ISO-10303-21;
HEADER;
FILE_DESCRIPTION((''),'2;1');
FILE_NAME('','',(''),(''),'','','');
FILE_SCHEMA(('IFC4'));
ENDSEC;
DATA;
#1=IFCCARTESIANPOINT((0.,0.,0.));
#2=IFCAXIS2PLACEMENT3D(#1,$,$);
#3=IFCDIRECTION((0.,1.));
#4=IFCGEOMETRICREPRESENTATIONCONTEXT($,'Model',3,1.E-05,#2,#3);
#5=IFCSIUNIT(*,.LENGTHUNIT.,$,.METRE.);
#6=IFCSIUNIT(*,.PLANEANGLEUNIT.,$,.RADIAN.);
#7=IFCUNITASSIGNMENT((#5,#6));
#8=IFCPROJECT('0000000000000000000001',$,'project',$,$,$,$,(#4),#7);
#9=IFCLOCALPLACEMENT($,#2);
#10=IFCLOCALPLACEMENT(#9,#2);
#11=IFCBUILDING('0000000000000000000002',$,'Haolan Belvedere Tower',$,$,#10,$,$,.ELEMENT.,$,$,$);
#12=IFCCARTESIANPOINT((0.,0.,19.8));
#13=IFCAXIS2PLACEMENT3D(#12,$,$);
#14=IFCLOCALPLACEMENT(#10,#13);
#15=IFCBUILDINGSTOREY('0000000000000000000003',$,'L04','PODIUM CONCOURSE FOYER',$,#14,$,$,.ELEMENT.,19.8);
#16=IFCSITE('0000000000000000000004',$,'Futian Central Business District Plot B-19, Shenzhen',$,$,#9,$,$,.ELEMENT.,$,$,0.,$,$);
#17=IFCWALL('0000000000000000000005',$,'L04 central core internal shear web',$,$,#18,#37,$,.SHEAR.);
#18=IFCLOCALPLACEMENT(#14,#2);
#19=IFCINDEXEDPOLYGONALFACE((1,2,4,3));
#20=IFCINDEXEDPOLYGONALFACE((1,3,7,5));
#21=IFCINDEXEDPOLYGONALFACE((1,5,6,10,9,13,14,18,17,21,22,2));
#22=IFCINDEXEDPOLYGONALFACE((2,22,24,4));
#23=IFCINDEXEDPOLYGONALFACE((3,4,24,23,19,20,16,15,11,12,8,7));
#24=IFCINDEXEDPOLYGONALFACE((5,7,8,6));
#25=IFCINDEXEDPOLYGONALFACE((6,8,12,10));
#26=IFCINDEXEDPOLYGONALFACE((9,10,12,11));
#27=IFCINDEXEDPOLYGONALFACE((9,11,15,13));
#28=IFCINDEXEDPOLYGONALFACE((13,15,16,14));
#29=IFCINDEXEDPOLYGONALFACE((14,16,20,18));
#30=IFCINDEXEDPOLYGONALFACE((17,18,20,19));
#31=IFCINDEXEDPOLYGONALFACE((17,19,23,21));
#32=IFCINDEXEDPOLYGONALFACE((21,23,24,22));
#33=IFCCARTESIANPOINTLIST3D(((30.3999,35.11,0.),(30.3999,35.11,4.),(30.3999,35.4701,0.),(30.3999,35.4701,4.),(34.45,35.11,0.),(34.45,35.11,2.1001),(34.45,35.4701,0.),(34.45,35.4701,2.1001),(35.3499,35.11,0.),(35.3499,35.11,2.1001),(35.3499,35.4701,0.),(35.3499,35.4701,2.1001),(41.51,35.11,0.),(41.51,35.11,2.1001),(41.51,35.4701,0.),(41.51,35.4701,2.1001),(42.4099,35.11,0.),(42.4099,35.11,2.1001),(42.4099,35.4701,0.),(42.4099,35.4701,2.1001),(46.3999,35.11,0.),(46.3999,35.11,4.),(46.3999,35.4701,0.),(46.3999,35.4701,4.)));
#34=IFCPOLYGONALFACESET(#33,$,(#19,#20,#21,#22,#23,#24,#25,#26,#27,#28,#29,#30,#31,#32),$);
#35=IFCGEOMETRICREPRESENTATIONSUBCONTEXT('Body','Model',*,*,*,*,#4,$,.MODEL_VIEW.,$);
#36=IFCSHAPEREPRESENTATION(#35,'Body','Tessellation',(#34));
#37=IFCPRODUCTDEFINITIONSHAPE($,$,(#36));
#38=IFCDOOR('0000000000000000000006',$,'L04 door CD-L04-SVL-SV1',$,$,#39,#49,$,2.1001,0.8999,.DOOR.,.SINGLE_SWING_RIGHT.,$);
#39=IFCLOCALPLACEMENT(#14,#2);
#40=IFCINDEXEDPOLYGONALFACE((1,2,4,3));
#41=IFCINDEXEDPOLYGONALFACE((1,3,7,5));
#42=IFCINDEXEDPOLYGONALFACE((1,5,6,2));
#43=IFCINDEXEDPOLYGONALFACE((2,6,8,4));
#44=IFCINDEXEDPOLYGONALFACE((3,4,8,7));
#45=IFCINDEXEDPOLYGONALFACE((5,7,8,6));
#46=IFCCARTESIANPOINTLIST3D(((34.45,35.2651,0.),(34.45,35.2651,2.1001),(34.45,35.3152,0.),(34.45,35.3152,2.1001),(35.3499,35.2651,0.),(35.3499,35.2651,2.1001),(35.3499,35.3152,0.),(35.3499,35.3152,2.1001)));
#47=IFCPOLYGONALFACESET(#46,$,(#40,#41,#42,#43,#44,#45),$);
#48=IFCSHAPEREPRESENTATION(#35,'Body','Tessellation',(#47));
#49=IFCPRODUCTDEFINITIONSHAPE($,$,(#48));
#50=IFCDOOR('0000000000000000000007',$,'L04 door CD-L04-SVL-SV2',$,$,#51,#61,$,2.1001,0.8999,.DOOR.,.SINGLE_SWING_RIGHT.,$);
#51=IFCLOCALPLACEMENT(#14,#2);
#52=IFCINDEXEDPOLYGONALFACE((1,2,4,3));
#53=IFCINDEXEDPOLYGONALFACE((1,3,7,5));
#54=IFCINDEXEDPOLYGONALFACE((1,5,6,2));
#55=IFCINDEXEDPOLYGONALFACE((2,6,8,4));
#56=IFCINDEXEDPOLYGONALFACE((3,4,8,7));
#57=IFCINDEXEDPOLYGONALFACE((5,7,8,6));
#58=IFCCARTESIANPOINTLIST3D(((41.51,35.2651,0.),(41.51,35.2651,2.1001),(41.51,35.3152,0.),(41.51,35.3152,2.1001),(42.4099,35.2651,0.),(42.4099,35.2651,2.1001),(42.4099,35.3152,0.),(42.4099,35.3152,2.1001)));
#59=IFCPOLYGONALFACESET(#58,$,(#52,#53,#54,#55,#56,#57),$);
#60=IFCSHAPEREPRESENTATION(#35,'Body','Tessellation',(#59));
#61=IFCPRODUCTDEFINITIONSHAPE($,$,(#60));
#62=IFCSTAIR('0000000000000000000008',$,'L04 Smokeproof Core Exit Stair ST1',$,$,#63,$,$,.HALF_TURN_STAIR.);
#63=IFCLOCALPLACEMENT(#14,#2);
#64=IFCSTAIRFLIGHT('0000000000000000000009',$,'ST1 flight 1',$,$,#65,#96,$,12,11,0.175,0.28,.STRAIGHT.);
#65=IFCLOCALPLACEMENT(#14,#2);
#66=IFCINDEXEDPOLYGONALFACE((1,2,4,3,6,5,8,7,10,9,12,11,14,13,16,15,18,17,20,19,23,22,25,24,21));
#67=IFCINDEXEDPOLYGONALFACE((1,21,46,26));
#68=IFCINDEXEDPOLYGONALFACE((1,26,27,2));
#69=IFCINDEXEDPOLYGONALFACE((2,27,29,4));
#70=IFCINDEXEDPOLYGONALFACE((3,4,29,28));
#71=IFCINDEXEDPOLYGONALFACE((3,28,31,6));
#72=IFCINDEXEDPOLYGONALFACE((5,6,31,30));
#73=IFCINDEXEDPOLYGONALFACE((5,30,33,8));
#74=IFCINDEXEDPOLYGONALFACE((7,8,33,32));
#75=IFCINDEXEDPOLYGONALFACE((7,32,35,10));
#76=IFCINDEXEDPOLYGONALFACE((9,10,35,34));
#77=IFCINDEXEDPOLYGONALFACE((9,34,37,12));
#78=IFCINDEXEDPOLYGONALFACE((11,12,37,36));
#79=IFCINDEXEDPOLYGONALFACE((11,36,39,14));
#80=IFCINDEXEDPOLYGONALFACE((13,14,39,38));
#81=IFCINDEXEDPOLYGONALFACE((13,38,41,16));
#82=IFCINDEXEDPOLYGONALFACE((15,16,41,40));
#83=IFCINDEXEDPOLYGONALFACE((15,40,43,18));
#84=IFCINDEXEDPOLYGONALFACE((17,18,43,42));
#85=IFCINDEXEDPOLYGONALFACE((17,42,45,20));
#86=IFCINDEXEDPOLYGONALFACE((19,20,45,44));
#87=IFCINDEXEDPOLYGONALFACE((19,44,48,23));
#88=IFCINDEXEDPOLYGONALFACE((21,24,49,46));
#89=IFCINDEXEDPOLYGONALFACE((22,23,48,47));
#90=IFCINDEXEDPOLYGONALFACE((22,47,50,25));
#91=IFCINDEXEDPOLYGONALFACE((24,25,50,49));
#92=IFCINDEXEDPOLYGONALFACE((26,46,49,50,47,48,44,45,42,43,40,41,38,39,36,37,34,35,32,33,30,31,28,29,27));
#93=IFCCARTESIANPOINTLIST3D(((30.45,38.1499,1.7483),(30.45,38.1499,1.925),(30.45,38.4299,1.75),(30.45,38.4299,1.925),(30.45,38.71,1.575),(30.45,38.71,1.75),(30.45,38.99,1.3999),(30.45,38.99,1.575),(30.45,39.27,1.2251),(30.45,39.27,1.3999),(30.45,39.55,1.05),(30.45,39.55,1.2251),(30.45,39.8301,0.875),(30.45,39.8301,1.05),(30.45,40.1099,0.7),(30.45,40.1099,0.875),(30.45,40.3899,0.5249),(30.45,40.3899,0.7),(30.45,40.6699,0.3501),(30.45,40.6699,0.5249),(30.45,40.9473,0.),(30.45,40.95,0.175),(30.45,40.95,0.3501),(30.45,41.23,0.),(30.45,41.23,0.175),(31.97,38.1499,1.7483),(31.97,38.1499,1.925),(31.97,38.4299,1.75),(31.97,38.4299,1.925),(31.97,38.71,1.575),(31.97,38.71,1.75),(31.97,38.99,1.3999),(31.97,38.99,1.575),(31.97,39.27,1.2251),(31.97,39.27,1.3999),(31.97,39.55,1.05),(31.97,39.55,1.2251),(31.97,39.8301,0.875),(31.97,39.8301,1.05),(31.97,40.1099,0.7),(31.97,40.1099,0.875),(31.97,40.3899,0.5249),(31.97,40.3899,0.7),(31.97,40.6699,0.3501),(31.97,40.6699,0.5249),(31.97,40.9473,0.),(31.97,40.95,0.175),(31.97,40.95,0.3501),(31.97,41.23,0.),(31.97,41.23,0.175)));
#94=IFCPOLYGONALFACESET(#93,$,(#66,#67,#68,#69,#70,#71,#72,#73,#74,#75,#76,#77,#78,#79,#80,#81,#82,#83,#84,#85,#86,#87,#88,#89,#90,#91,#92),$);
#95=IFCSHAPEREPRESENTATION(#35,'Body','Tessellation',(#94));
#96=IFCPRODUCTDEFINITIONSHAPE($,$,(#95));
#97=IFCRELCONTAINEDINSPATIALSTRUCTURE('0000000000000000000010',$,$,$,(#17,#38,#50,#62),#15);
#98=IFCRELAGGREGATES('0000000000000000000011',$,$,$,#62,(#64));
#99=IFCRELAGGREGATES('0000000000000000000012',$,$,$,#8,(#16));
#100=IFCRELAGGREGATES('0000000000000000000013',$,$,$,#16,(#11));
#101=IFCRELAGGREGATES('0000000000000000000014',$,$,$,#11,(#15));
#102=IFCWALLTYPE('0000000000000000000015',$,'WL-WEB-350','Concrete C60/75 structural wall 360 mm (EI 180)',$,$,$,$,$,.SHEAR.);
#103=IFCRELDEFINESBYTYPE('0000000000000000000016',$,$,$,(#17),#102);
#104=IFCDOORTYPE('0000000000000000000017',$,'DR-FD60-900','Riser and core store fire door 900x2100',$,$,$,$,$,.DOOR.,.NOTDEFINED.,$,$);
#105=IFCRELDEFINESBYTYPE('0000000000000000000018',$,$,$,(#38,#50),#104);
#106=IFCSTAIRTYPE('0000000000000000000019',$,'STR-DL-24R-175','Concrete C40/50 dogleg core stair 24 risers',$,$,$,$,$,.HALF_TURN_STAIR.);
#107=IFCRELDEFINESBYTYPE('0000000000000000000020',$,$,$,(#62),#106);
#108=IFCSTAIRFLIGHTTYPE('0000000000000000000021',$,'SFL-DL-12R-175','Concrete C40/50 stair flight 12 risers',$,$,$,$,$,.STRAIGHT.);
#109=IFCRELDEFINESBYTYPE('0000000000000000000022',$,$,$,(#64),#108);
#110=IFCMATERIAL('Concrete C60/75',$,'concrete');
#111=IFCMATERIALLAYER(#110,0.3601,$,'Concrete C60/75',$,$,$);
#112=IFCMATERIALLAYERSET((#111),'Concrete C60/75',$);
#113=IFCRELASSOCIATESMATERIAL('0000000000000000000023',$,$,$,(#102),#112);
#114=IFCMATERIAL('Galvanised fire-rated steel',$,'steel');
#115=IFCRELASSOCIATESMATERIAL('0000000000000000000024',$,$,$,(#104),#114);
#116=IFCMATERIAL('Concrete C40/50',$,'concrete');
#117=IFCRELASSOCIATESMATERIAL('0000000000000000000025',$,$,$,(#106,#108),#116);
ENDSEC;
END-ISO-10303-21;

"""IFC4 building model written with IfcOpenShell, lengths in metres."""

from ifc_helpers import new_model, si_unit, direction, frame, frame_2d, origin, place, context, subcontext, project, spatial, polyline, rectangle, outline, extrude, material, layer, layer_set, type_object, element, fill, aggregate, save


model = new_model("IFC4")

# Units and contexts
model_context = context("Model", 3, precision=1e-05, world=origin(), true_north=direction((0.0, 1.0)))
body_context = subcontext(model_context, "Body", "Model", "MODEL_VIEW")
ifc_project = project(units=[si_unit("LENGTHUNIT", "METRE"), si_unit("PLANEANGLEUNIT", "RADIAN")], contexts=[model_context])

# Site, building, storey
site_placement = place(None, origin())
site = spatial("IfcSite", under=ifc_project, at=site_placement, Name="Futian Central Business District Plot B-19, Shenzhen", CompositionType="ELEMENT", RefElevation=0.0)
building_placement = place(site_placement, origin())
building = spatial("IfcBuilding", under=site, at=building_placement, Name="Haolan Belvedere Tower", CompositionType="ELEMENT")
storey_placement = place(building_placement, frame((0.0, 0.0, 19.8)))
storey = spatial("IfcBuildingStorey", under=building, at=storey_placement, Name="L04", Description="PODIUM CONCOURSE FOYER", CompositionType="ELEMENT", Elevation=19.8)

# Shared definitions
ifc_material_1 = material(Name="Galvanised fire-rated steel", Category="steel")

# Shared definitions
ifc_material_2 = material(Name="Concrete C40/50", Category="concrete")

# Wall, openings, doors
ifc_material_3 = material(Name="Concrete C60/75", Category="concrete")
ifc_layer_1 = layer(ifc_material_3, 0.3601, Name="Concrete C60/75")
ifc_layer_set_1 = layer_set([ifc_layer_1], Name="Concrete C60/75")
wall_type_1 = type_object("IfcWallType", Name="WL-WEB-350", Description="Concrete C60/75 structural wall 360 mm (EI 180)", PredefinedType="SHEAR", material=ifc_layer_set_1)
wall_1_placement = place(storey_placement, frame((30.3999, 35.29, 0.0), z_axis=(0.0, 0.0, 1.0), x_axis=(1.0, 0.0, 0.0)))
wall_1 = element("IfcWall", 1, at=wall_1_placement, inside=storey, type_object=wall_type_1, Name="L04 central core internal shear web", PredefinedType="SHEAR", context=body_context, shape_type="SweptSolid", body=[
    extrude(rectangle(XDim=16.0, YDim=0.3601, at=frame_2d((8.0, 0.0))), origin(), (0.0, 0.0, 1.0), 4.0),
])
opening_1_placement = place(wall_1_placement, frame((4.95, 0.0, 0.0), z_axis=(0.0, 0.0, 1.0), x_axis=(-1.0, 0.0, 0.0)))
opening_1 = element("IfcOpeningElement", 2, at=opening_1_placement, cuts=wall_1, PredefinedType="OPENING", context=body_context, shape_type="SweptSolid", body=[
    extrude(rectangle(XDim=0.8999, YDim=2.1001, at=frame_2d((0.45, 1.05))), frame((0.0, 0.1899, 0.0), z_axis=(0.0, -1.0, 0.0), x_axis=(1.0, 0.0, 0.0)), (0.0, 0.0, 1.0), 0.3801),
])
opening_2_placement = place(wall_1_placement, frame((12.01, 0.0, 0.0), z_axis=(0.0, 0.0, 1.0), x_axis=(-1.0, 0.0, 0.0)))
opening_2 = element("IfcOpeningElement", 3, at=opening_2_placement, cuts=wall_1, PredefinedType="OPENING", context=body_context, shape_type="SweptSolid", body=[
    extrude(rectangle(XDim=0.8999, YDim=2.1001, at=frame_2d((0.45, 1.05))), frame((0.0, 0.1899, 0.0), z_axis=(0.0, -1.0, 0.0), x_axis=(1.0, 0.0, 0.0)), (0.0, 0.0, 1.0), 0.3801),
])
door_type_1 = type_object("IfcDoorType", Name="DR-FD60-900", Description="Riser and core store fire door 900x2100", OperationType="NOTDEFINED", PredefinedType="DOOR", material=ifc_material_1)
door_1_placement = place(opening_1_placement, origin())
door_1 = element("IfcDoor", 4, at=door_1_placement, inside=storey, type_object=door_type_1, Name="L04 door CD-L04-SVL-SV1", OperationType="SINGLE_SWING_RIGHT", OverallHeight=2.1001, OverallWidth=0.8999, PredefinedType="DOOR", context=body_context, shape_type="SweptSolid", body=[
    extrude(rectangle(XDim=0.8999, YDim=2.1001, at=frame_2d((0.45, 1.05))), frame((0.0, 0.0249, 0.0), z_axis=(0.0, -1.0, 0.0), x_axis=(1.0, 0.0, 0.0)), (0.0, 0.0, 1.0), 0.05),
])
fill(opening_1, door_1)
door_2_placement = place(opening_2_placement, origin())
door_2 = element("IfcDoor", 5, at=door_2_placement, inside=storey, type_object=door_type_1, Name="L04 door CD-L04-SVL-SV2", OperationType="SINGLE_SWING_RIGHT", OverallHeight=2.1001, OverallWidth=0.8999, PredefinedType="DOOR", context=body_context, shape_type="SweptSolid", body=[
    extrude(rectangle(XDim=0.8999, YDim=2.1001, at=frame_2d((0.45, 1.05))), frame((0.0, 0.0249, 0.0), z_axis=(0.0, -1.0, 0.0), x_axis=(1.0, 0.0, 0.0)), (0.0, 0.0, 1.0), 0.05),
])
fill(opening_2, door_2)

# Stair, stair flight
stair_type = type_object("IfcStairType", Name="STR-DL-24R-175", Description="Concrete C40/50 dogleg core stair 24 risers", PredefinedType="HALF_TURN_STAIR", material=ifc_material_2)
stair_placement = place(storey_placement, origin())
stair = element("IfcStair", 6, at=stair_placement, inside=storey, type_object=stair_type, Name="L04 Smokeproof Core Exit Stair ST1", PredefinedType="HALF_TURN_STAIR")
stair_flight_type = type_object("IfcStairFlightType", Name="SFL-DL-12R-175", Description="Concrete C40/50 stair flight 12 risers", PredefinedType="STRAIGHT", material=ifc_material_2)
stair_flight_placement = place(storey_placement, frame((31.21, 41.23, 0.0), z_axis=(0.0, 0.0, 1.0), x_axis=(0.0, -1.0, 0.0)))
stair_flight = element("IfcStairFlight", 7, at=stair_flight_placement, type_object=stair_flight_type, Name="ST1 flight 1", NumberOfRisers=12, NumberOfTreads=11, PredefinedType="STRAIGHT", RiserHeight=0.175, TreadLength=0.28, context=body_context, shape_type="SweptSolid", body=[
    extrude(outline(polyline([(0.0, 0.0), (0.0, 0.175), (0.28, 0.175), (0.28, 0.3501), (0.5601, 0.3501), (0.5601, 0.5249), (0.8401, 0.5249), (0.8401, 0.7), (1.1201, 0.7), (1.1201, 0.875), (1.3999, 0.875), (1.3999, 1.05), (1.6799, 1.05), (1.6799, 1.2251), (1.96, 1.2251), (1.96, 1.3999), (2.24, 1.3999), (2.24, 1.575), (2.52, 1.575), (2.52, 1.75), (2.8, 1.75), (2.8, 1.925), (3.0801, 1.925), (3.0801, 2.1001), (3.0801, 1.7483), (0.2827, 0.0), (0.0, 0.0)])), frame((0.0, 0.76, 0.0), z_axis=(0.0, -1.0, 0.0), x_axis=(1.0, 0.0, 0.0)), (0.0, 0.0, 1.0), 1.52),
])
aggregate(stair, [stair_flight])

save(model, "model.ifc")
